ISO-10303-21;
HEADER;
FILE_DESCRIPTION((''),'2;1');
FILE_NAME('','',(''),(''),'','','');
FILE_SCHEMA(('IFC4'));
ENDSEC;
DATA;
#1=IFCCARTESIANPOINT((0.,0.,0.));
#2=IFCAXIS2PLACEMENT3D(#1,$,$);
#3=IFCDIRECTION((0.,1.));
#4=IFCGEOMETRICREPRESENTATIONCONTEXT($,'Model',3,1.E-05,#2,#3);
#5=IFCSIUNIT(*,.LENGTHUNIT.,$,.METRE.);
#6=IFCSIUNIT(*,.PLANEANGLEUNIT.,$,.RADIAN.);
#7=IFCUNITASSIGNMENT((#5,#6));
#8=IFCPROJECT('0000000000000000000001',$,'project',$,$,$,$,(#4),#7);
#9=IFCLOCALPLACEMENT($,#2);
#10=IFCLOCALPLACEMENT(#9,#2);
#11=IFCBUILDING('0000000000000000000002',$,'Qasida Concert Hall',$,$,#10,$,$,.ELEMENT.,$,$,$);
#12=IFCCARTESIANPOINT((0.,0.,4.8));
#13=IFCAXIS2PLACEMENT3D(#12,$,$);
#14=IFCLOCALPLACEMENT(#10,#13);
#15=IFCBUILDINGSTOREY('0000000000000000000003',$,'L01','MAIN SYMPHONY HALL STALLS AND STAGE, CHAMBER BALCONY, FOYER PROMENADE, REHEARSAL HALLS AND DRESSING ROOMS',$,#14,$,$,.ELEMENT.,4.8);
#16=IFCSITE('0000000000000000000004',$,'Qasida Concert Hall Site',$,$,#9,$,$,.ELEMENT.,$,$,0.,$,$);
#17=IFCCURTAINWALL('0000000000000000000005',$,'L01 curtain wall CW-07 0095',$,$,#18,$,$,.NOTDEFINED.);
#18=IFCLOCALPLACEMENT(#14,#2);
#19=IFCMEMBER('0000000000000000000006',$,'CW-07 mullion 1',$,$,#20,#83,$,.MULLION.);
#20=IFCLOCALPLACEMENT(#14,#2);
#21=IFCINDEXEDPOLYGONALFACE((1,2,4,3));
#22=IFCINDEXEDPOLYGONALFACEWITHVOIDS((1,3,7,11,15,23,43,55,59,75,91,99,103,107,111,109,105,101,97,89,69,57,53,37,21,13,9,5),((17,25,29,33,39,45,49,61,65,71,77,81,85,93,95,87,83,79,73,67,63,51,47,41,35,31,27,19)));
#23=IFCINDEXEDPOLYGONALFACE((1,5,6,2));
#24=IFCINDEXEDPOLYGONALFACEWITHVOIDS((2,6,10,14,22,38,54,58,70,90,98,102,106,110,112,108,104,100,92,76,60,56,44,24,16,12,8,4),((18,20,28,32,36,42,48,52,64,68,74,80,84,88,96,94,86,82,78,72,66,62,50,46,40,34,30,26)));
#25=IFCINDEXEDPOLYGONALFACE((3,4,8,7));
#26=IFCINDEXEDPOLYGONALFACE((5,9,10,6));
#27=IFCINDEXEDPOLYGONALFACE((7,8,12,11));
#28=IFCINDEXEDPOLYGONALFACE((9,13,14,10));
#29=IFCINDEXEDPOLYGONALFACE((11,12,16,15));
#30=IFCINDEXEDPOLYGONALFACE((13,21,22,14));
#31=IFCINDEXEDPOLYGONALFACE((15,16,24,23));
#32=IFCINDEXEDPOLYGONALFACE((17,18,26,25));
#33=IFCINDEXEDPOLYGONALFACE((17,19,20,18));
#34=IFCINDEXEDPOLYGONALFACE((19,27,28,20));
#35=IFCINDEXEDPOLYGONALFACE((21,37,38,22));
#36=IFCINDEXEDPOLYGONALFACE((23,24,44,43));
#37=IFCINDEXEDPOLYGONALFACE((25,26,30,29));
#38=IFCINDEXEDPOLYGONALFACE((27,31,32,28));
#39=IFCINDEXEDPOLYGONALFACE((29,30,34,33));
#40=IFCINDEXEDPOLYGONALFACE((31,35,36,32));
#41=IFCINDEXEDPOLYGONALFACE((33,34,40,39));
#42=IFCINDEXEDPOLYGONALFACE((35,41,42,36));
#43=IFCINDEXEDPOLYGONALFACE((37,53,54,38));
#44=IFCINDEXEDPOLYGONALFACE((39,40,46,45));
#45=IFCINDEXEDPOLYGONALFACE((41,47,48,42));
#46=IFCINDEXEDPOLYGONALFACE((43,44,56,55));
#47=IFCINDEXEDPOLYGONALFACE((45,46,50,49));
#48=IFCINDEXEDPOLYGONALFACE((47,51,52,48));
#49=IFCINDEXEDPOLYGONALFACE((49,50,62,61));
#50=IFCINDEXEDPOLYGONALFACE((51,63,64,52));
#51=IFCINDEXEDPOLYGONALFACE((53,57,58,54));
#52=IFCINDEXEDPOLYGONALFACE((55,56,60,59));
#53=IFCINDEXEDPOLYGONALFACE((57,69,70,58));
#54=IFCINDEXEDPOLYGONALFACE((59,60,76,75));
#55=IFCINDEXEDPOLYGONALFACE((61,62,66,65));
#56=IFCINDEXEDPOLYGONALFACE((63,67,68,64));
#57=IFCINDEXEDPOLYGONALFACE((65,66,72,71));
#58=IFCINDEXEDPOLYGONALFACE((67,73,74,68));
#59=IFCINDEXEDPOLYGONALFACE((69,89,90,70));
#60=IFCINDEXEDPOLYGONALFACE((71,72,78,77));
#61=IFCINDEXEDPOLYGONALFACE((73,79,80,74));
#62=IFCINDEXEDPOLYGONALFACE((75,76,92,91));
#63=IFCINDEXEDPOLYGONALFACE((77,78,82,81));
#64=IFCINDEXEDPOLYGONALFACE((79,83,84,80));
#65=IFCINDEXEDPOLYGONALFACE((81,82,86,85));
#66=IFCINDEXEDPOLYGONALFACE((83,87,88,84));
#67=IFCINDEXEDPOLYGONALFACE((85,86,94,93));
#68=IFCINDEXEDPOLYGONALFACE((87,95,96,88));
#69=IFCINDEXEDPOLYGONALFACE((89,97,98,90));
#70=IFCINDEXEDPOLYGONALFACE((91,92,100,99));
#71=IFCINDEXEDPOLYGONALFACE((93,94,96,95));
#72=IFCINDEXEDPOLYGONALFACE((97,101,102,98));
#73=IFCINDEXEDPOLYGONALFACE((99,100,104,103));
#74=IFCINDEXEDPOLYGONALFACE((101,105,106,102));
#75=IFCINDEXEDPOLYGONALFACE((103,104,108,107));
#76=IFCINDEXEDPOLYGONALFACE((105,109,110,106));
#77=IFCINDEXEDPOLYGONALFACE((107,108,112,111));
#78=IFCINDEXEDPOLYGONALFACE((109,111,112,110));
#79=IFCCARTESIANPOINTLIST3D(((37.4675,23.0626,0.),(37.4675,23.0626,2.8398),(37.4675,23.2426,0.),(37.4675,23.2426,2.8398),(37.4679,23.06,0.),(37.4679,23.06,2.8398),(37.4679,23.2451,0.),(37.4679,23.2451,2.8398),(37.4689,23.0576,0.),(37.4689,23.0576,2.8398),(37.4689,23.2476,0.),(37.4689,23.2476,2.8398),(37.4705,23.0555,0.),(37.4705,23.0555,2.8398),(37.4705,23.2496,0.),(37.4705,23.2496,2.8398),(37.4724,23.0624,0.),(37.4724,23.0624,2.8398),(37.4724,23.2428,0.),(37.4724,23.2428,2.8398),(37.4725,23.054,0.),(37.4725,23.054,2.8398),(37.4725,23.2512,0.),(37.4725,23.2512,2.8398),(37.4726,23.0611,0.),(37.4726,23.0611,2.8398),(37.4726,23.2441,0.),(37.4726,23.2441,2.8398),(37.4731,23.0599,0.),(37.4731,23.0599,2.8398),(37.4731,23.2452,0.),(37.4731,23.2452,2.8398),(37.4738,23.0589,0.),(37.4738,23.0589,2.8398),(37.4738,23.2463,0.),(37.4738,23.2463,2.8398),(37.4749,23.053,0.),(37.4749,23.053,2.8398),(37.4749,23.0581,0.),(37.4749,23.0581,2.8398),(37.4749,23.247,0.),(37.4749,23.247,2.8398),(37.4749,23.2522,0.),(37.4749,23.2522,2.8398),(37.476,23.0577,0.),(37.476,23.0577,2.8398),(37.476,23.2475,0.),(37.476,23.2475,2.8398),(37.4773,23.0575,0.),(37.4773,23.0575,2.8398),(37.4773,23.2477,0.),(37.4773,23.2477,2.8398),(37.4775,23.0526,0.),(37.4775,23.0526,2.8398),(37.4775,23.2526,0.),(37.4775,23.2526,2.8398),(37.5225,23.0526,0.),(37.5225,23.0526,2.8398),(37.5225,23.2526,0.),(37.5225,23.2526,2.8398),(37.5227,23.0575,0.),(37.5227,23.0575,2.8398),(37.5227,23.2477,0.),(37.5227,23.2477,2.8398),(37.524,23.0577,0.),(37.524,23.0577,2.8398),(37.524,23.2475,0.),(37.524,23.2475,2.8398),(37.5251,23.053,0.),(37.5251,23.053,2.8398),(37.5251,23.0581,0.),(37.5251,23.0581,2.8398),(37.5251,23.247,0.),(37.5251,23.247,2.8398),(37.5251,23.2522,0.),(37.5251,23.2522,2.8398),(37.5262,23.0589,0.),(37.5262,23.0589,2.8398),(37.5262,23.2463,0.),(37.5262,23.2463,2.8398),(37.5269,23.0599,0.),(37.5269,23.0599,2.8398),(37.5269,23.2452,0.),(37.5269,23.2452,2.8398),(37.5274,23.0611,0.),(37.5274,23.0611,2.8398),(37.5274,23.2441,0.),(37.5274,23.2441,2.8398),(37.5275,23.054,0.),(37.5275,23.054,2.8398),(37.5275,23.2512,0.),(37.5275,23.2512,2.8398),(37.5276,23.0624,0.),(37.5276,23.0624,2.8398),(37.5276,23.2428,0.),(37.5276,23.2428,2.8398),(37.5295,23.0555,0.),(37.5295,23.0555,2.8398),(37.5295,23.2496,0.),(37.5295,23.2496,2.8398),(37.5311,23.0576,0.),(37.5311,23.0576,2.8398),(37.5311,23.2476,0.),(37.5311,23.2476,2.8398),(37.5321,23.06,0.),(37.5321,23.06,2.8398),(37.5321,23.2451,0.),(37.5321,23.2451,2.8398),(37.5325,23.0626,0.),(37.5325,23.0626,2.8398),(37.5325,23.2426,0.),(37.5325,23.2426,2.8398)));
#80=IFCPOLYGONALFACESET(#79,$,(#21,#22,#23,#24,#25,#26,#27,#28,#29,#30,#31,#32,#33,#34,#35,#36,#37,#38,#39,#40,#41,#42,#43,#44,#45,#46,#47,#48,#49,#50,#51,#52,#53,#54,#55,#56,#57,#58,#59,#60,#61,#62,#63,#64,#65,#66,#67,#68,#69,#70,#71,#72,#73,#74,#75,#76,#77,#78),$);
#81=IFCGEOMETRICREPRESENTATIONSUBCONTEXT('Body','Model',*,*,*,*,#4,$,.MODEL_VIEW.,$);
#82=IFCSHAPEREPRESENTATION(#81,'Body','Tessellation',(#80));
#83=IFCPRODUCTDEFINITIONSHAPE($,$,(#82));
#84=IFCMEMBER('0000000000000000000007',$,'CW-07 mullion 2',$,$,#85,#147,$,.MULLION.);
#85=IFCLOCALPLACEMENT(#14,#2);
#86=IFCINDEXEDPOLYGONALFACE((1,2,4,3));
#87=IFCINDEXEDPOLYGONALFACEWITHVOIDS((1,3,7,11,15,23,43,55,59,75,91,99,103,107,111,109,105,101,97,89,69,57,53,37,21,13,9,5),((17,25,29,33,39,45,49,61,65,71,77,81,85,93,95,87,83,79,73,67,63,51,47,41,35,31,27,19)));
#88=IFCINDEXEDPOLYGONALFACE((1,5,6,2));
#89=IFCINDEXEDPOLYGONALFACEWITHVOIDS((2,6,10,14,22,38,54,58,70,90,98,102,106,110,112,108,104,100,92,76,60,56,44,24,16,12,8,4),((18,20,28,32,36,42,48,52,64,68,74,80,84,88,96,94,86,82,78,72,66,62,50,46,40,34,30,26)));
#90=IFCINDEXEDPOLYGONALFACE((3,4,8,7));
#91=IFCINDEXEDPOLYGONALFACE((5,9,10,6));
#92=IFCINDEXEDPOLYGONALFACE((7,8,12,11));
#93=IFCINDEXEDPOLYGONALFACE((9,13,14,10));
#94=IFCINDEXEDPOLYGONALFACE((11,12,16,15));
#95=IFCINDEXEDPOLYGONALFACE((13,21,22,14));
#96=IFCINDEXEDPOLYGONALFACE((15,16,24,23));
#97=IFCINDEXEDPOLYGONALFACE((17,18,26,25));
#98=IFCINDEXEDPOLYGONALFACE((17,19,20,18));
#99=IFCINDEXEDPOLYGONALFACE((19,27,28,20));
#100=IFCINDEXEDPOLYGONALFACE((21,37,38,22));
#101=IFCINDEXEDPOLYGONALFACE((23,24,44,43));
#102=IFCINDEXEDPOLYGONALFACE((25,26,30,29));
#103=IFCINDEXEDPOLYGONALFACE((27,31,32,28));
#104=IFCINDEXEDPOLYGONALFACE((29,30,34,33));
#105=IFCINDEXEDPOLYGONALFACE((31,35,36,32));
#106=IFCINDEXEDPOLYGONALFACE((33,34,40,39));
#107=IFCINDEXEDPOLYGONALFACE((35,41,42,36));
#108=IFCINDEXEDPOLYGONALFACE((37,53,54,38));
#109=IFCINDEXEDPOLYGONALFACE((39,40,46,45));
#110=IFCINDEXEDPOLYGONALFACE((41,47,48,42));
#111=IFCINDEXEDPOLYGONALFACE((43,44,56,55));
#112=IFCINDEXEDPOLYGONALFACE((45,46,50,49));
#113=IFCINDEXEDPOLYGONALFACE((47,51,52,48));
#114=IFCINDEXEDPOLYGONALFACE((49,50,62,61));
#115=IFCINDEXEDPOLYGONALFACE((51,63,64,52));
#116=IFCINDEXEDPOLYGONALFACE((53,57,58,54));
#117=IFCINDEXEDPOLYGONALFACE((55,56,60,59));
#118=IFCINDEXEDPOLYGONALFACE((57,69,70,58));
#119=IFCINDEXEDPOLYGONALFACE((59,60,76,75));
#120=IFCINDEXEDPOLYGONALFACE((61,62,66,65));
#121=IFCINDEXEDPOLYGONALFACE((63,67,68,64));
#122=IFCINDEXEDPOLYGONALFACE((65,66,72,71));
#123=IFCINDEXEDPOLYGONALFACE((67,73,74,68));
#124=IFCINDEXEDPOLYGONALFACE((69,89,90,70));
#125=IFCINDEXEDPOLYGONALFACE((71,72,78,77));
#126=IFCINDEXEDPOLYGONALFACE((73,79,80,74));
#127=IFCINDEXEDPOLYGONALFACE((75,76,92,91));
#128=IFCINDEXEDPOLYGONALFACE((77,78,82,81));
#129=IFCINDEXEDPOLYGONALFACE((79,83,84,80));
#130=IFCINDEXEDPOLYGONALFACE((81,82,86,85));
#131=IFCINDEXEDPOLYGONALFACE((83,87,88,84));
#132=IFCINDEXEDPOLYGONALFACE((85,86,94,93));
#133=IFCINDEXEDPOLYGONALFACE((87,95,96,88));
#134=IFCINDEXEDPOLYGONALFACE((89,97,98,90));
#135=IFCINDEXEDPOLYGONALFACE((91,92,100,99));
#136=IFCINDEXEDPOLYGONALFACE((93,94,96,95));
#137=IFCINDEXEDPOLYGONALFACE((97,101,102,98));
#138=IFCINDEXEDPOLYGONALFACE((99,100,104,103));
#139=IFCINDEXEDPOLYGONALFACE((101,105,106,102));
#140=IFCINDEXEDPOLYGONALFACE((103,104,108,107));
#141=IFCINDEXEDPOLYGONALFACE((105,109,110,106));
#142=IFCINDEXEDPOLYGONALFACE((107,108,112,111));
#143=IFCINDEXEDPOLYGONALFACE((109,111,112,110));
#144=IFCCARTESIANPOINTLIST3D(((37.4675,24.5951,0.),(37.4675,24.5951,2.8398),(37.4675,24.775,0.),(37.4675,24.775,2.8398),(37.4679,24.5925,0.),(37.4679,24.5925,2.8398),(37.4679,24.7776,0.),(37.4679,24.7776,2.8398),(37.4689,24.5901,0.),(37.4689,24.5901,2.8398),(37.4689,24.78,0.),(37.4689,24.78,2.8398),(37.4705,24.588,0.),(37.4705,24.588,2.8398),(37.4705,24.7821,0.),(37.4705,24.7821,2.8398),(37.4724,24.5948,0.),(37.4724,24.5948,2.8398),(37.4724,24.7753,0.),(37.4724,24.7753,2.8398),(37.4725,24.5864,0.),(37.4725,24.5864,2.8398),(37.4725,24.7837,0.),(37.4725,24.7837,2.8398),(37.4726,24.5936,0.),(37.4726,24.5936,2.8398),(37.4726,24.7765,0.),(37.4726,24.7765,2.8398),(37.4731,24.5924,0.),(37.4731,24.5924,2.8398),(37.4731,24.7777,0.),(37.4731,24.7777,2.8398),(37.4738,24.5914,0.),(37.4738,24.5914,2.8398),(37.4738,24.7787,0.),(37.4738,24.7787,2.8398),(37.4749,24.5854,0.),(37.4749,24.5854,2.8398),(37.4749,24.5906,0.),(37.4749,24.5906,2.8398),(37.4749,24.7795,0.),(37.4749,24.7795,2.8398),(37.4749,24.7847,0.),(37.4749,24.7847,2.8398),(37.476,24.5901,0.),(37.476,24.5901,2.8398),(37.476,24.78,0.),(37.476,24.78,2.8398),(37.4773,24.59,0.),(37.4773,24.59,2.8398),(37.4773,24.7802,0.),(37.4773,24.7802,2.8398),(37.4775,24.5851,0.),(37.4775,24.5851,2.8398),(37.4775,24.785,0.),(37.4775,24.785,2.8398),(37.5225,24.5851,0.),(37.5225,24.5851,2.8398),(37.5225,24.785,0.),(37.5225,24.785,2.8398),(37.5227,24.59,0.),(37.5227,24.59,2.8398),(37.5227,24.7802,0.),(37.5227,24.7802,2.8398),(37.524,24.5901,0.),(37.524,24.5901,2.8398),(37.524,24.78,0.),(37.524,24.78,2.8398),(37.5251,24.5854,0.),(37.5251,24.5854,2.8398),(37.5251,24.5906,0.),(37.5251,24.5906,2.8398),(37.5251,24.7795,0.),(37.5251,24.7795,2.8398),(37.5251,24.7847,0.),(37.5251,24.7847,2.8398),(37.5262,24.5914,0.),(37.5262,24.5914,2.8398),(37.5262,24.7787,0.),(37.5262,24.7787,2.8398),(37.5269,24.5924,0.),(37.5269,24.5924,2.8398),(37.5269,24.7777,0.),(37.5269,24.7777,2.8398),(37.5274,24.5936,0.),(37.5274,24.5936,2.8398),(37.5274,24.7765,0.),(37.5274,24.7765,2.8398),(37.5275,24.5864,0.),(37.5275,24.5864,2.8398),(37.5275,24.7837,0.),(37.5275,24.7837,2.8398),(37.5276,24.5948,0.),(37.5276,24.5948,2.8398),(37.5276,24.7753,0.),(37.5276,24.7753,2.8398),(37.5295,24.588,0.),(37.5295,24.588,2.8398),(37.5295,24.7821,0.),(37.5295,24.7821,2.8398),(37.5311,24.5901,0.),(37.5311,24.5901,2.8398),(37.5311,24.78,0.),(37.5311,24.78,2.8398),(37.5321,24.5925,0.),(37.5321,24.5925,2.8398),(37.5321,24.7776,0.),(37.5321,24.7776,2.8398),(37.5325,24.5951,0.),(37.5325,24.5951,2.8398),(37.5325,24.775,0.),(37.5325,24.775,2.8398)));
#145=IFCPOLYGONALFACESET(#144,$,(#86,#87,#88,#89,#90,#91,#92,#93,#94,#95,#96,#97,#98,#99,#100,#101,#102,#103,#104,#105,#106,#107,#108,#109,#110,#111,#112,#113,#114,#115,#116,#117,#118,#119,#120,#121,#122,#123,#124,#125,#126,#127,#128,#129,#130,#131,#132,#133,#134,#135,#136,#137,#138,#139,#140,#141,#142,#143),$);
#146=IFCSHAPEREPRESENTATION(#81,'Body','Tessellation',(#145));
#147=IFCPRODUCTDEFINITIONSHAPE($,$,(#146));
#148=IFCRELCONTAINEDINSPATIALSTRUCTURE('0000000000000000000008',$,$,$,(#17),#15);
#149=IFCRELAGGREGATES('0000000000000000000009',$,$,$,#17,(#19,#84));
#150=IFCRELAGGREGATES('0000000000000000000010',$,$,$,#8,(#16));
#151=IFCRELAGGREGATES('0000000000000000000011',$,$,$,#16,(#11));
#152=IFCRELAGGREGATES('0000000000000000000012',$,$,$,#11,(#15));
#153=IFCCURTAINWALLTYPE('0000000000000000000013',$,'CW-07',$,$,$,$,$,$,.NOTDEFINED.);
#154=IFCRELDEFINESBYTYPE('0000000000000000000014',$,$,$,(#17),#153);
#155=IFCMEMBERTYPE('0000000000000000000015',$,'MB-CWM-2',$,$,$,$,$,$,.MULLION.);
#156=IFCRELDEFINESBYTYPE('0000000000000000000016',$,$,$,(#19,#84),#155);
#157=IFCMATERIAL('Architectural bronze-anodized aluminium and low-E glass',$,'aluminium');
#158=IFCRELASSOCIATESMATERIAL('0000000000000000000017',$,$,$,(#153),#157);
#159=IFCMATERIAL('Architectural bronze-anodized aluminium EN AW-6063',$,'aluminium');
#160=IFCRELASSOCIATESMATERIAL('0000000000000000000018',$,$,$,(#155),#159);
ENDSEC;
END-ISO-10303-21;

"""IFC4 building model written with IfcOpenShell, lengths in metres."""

from ifc_helpers import new_model, si_unit, direction, frame, origin, origin_2d, place, context, subcontext, project, spatial, hollow_rectangle, extrude, material, material_profile, profile_set, type_object, element, aggregate, save


model = new_model("IFC4")

# Units and contexts
model_context = context("Model", 3, precision=1e-05, world=origin(), true_north=direction((0.0, 1.0)))
body_context = subcontext(model_context, "Body", "Model", "MODEL_VIEW")
ifc_project = project(units=[si_unit("LENGTHUNIT", "METRE"), si_unit("PLANEANGLEUNIT", "RADIAN")], contexts=[model_context])

# Site, building, storey
site_placement = place(None, origin())
site = spatial("IfcSite", under=ifc_project, at=site_placement, Name="Qasida Concert Hall Site", CompositionType="ELEMENT", RefElevation=0.0)
building_placement = place(site_placement, origin())
building = spatial("IfcBuilding", under=site, at=building_placement, Name="Qasida Concert Hall", CompositionType="ELEMENT")
storey_placement = place(building_placement, frame((0.0, 0.0, 4.8)))
storey = spatial("IfcBuildingStorey", under=building, at=storey_placement, Name="L01", Description="MAIN SYMPHONY HALL STALLS AND STAGE, CHAMBER BALCONY, FOYER PROMENADE, REHEARSAL HALLS AND DRESSING ROOMS", CompositionType="ELEMENT", Elevation=4.8)

# Shared definitions
ifc_material_1 = material(Name="Architectural bronze-anodized aluminium and low-E glass", Category="aluminium")
curtain_wall_type = type_object("IfcCurtainWallType", Name="CW-07", PredefinedType="NOTDEFINED", material=ifc_material_1)
ifc_material_2 = material(Name="Architectural bronze-anodized aluminium EN AW-6063", Category="aluminium")
ifc_material_profile_1 = material_profile(ifc_material_2, hollow_rectangle(XDim=0.0649, YDim=0.2, WallThickness=0.0049, InnerFilletRadius=0.0049, OuterFilletRadius=0.01, at=origin_2d()), Name="CWM 200x65x5")
ifc_profile_set_1 = profile_set([ifc_material_profile_1], Name="Architectural bronze-anodized aluminium EN AW-6063")
member_type_1 = type_object("IfcMemberType", Name="MB-CWM-2", PredefinedType="MULLION", material=ifc_profile_set_1)

# Curtain wall, members
curtain_wall_1_placement = place(storey_placement, origin())
curtain_wall_1 = element("IfcCurtainWall", 1, at=curtain_wall_1_placement, inside=storey, type_object=curtain_wall_type, Name="L01 curtain wall CW-07 0095", PredefinedType="NOTDEFINED")
member_1_placement = place(storey_placement, frame((37.5, 23.1526, 0.0), z_axis=(0.0, 0.0, 1.0), x_axis=(-1.0, 0.0, 0.0)))
member_1 = element("IfcMember", 2, at=member_1_placement, type_object=member_type_1, Name="CW-07 mullion 1", PredefinedType="MULLION", context=body_context, shape_type="SweptSolid", body=[
    extrude(hollow_rectangle(XDim=0.0649, YDim=0.2, WallThickness=0.0049, InnerFilletRadius=0.0049, OuterFilletRadius=0.01, at=origin_2d()), origin(), (0.0, 0.0, 1.0), 2.8398),
])
member_2_placement = place(storey_placement, frame((37.5, 24.6851, 0.0), z_axis=(0.0, 0.0, 1.0), x_axis=(-1.0, 0.0, 0.0)))
member_2 = element("IfcMember", 3, at=member_2_placement, type_object=member_type_1, Name="CW-07 mullion 2", PredefinedType="MULLION", context=body_context, shape_type="SweptSolid", body=[
    extrude(hollow_rectangle(XDim=0.0649, YDim=0.2, WallThickness=0.0049, InnerFilletRadius=0.0049, OuterFilletRadius=0.01, at=origin_2d()), origin(), (0.0, 0.0, 1.0), 2.8398),
])

aggregate(curtain_wall_1, [member_1, member_2])

save(model, "model.ifc")
